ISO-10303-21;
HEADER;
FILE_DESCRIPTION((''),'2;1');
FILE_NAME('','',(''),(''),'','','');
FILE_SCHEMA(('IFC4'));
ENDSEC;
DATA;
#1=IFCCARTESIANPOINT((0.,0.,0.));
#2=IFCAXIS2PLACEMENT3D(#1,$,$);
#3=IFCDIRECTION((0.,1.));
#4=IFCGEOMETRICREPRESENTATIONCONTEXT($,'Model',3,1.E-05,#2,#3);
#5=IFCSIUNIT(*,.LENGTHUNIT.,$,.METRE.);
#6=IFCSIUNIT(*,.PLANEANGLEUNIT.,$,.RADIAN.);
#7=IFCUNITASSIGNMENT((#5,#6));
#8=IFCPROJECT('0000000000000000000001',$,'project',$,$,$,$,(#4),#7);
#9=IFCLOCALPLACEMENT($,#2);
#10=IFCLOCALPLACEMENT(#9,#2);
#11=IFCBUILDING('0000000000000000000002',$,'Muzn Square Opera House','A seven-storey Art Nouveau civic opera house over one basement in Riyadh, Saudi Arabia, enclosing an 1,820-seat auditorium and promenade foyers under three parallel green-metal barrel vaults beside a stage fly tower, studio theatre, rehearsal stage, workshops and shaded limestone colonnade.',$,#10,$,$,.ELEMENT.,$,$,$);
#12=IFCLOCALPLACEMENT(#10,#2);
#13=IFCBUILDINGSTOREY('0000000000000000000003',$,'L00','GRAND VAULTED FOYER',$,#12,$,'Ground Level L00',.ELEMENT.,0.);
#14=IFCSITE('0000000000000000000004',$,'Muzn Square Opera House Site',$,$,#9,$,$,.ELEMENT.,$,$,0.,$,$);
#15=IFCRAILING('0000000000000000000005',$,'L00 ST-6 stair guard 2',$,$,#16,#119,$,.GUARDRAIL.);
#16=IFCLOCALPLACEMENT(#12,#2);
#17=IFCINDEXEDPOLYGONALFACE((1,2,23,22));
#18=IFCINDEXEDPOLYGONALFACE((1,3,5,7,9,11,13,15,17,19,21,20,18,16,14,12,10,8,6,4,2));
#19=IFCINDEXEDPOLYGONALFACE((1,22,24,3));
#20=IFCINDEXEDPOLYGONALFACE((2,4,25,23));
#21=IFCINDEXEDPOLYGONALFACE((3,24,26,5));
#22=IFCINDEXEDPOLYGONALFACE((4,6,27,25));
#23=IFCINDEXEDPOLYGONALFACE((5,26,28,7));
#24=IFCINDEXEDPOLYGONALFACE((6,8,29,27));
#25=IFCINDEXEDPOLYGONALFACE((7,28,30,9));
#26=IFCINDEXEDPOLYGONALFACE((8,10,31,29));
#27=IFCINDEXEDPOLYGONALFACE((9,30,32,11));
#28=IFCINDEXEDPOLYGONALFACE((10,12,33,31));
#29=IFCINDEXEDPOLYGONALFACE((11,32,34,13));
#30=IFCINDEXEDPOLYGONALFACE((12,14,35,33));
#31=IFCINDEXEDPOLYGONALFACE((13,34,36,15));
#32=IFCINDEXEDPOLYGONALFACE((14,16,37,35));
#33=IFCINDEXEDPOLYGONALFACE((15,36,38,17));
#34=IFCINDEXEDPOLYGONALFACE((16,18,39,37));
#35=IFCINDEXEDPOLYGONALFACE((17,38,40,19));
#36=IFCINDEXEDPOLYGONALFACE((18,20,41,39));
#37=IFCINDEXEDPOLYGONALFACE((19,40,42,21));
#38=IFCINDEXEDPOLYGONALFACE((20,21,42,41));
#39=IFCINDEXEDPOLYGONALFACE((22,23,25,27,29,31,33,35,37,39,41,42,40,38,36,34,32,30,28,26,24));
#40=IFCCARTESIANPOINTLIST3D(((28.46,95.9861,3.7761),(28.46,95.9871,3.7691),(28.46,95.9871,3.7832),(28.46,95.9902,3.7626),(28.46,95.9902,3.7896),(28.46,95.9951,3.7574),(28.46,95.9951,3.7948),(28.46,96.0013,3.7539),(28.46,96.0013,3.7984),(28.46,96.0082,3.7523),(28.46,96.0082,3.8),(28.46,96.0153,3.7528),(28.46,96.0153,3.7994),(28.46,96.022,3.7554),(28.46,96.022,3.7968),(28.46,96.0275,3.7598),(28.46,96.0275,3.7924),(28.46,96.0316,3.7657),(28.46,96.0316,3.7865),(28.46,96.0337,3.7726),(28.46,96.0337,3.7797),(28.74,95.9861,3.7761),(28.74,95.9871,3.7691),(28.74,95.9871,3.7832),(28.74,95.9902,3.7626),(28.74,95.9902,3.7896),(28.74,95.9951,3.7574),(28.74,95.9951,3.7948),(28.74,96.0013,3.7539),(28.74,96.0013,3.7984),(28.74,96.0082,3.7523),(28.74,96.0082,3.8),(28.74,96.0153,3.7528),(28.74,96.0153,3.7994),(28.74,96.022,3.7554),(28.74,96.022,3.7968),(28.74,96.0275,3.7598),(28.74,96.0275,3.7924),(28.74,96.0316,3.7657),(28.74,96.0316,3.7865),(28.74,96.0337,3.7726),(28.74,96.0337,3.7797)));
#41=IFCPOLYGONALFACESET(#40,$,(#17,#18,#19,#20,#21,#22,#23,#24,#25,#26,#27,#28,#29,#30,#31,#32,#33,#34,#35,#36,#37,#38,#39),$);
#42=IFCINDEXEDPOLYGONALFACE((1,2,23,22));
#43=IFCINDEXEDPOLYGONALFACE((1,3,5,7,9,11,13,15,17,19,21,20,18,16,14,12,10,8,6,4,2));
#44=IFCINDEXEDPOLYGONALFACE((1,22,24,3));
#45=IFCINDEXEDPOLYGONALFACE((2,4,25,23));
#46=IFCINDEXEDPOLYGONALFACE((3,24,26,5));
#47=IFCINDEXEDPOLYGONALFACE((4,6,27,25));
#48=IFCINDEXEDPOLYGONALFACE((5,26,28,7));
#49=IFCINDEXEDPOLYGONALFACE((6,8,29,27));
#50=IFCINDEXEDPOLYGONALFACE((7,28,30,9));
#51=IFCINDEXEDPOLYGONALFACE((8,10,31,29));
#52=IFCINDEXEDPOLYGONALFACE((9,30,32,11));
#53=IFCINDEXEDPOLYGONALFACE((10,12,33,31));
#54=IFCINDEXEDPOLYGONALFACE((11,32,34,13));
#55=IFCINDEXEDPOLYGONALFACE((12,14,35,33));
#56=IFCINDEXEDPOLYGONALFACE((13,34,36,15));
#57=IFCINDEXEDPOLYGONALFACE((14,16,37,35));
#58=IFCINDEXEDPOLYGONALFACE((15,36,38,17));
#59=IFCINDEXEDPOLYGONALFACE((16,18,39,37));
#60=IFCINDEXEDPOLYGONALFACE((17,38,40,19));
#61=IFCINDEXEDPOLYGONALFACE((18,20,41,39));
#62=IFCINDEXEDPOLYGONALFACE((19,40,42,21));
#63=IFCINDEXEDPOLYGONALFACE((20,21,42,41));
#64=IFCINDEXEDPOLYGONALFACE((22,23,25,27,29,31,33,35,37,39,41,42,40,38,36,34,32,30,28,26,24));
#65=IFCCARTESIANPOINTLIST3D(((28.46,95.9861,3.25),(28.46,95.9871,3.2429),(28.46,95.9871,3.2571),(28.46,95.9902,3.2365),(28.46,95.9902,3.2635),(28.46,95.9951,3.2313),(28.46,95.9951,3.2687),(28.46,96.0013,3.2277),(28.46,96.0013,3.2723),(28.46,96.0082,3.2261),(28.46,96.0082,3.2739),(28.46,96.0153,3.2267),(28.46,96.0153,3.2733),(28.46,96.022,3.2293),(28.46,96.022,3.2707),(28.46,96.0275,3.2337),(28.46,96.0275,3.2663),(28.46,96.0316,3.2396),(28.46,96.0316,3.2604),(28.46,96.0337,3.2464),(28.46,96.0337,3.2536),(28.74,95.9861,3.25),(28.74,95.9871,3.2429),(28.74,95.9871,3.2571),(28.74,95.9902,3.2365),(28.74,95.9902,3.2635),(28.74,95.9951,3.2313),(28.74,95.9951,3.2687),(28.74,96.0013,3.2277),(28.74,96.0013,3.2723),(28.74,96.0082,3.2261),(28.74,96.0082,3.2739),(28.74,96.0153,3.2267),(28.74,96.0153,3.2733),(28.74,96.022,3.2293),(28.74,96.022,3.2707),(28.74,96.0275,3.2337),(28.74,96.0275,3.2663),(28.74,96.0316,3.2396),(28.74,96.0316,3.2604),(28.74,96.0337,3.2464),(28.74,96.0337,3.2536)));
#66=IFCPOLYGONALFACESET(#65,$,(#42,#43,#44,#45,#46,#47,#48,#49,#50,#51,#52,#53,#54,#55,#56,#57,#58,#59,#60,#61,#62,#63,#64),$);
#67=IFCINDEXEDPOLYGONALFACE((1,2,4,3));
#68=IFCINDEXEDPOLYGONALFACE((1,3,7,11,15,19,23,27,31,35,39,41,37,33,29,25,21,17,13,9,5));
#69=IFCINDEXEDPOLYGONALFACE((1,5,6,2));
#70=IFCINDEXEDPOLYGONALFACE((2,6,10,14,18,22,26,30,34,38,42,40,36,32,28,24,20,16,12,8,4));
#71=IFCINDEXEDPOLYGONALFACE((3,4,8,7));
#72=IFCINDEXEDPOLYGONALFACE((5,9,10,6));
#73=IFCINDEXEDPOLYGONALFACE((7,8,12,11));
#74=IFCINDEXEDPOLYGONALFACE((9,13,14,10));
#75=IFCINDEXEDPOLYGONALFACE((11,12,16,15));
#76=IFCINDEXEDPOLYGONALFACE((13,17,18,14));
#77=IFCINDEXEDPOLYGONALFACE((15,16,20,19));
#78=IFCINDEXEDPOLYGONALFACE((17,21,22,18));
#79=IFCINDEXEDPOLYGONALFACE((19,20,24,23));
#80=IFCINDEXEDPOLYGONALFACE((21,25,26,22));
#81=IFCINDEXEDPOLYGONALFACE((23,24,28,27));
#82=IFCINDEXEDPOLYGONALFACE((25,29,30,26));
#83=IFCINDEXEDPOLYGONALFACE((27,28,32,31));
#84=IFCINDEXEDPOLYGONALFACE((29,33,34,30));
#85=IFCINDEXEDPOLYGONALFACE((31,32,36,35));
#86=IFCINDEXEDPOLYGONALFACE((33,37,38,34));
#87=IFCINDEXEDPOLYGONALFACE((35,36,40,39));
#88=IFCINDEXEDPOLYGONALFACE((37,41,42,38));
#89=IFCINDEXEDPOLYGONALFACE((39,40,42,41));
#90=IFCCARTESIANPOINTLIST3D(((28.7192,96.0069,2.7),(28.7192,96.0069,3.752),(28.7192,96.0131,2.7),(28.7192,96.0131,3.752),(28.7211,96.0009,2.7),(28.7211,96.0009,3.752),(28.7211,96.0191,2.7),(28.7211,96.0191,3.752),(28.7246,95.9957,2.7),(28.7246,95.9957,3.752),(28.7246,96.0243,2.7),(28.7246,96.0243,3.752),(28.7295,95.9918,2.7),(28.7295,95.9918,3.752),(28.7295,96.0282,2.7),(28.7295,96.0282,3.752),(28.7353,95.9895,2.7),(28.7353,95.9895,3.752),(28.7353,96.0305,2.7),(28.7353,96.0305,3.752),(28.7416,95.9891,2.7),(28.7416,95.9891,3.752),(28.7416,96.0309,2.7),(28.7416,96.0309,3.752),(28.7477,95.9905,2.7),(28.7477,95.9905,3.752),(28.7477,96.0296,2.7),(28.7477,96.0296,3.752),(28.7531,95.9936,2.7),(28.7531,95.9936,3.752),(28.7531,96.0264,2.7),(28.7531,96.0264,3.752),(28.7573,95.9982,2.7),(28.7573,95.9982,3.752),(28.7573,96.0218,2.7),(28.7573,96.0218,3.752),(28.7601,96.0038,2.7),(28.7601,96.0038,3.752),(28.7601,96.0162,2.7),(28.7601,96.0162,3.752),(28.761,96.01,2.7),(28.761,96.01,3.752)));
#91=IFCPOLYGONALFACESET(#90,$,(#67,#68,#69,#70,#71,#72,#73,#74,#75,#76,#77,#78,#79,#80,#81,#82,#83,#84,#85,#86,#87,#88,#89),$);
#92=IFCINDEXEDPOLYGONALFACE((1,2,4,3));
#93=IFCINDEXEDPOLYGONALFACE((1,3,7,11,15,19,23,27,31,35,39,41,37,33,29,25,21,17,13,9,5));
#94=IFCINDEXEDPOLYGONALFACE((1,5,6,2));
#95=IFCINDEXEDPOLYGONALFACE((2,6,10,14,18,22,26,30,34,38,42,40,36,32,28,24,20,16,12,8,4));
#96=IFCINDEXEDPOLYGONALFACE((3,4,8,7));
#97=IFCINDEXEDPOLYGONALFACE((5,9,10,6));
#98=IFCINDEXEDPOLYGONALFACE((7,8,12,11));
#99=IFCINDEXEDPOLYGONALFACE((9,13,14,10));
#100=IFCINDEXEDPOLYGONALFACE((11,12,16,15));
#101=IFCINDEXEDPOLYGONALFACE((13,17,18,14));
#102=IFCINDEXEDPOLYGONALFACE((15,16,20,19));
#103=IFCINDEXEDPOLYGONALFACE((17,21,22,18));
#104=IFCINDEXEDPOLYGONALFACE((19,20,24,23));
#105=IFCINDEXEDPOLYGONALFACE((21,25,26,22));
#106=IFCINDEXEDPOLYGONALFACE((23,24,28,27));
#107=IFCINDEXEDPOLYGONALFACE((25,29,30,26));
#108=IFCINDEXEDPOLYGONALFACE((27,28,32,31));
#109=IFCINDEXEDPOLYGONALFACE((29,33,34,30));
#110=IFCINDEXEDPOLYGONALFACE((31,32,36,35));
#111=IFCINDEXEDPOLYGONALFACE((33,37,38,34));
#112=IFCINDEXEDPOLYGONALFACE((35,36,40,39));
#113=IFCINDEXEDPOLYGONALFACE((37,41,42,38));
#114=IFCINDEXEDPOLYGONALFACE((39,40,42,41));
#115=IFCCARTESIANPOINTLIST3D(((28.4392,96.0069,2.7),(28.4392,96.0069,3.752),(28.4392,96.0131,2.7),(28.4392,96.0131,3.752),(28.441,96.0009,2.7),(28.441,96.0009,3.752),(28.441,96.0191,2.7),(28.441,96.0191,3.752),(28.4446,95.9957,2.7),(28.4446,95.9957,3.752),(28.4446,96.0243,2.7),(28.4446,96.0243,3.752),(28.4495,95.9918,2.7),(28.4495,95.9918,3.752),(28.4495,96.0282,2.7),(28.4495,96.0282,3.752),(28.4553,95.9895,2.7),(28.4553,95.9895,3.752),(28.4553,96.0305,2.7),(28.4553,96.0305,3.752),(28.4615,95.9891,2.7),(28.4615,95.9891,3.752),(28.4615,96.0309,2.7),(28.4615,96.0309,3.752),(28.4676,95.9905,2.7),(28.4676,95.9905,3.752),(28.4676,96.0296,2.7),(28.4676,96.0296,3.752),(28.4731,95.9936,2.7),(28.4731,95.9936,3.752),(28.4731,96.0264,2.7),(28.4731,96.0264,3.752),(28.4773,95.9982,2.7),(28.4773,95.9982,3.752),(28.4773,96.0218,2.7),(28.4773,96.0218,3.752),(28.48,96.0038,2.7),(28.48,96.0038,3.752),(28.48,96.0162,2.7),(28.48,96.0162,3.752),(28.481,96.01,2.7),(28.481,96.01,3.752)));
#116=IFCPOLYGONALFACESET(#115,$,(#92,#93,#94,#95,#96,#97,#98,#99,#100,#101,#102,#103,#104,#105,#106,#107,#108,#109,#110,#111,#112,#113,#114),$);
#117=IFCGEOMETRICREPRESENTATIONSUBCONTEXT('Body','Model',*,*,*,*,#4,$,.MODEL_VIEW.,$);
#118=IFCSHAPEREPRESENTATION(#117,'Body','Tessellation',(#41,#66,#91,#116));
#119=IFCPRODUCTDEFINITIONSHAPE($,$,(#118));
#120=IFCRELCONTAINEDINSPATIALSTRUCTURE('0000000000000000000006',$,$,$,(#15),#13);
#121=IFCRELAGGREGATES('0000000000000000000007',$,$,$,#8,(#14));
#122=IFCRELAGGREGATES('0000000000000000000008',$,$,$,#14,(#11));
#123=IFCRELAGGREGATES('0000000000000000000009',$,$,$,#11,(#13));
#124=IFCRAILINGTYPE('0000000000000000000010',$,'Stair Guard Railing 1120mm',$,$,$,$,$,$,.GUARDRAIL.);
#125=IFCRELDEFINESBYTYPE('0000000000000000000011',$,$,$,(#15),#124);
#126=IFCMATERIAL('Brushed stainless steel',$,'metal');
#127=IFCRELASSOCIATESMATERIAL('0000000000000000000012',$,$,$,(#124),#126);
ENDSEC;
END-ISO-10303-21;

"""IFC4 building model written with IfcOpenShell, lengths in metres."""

from ifc_helpers import new_model, si_unit, direction, frame, origin, origin_2d, place, context, subcontext, project, spatial, circle, extrude, material, type_object, element, save


model = new_model("IFC4")

# Units and contexts
model_context = context("Model", 3, precision=1e-05, world=origin(), true_north=direction((0.0, 1.0)))
body_context = subcontext(model_context, "Body", "Model", "MODEL_VIEW")
ifc_project = project(units=[si_unit("LENGTHUNIT", "METRE"), si_unit("PLANEANGLEUNIT", "RADIAN")], contexts=[model_context])

# Site, building, storey
site_placement = place(None, origin())
site = spatial("IfcSite", under=ifc_project, at=site_placement, Name="Muzn Square Opera House Site", CompositionType="ELEMENT", RefElevation=0.0)
building_placement = place(site_placement, origin())
building = spatial("IfcBuilding", under=site, at=building_placement, Name="Muzn Square Opera House", Description="A seven-storey Art Nouveau civic opera house over one basement in Riyadh, Saudi Arabia, enclosing an 1,820-seat auditorium and promenade foyers under three parallel green-metal barrel vaults beside a stage fly tower, studio theatre, rehearsal stage, workshops and shaded limestone colonnade.", CompositionType="ELEMENT")
storey_placement = place(building_placement, origin())
storey = spatial("IfcBuildingStorey", under=building, at=storey_placement, Name="L00", Description="GRAND VAULTED FOYER", LongName="Ground Level L00", CompositionType="ELEMENT", Elevation=0.0)

# Railing
ifc_material_1 = material(Name="Brushed stainless steel", Category="metal")
railing_type_1 = type_object("IfcRailingType", Name="Stair Guard Railing 1120mm", PredefinedType="GUARDRAIL", material=ifc_material_1)
railing_1_placement = place(storey_placement, frame((28.74, 96.01, 2.7)))
element("IfcRailing", 1, at=railing_1_placement, inside=storey, type_object=railing_type_1, Name="L00 ST-6 stair guard 2", PredefinedType="GUARDRAIL", context=body_context, shape_type="SweptSolid", body=[
    extrude(circle(Radius=0.0239, at=origin_2d()), frame((0.0, 0.0, 1.0762), z_axis=(-1.0, 0.0, 0.0), x_axis=(0.0, -1.0, 0.0)), (0.0, 0.0, 1.0), 0.28),
    extrude(circle(Radius=0.0239, at=origin_2d()), frame((0.0, 0.0, 0.55), z_axis=(-1.0, 0.0, 0.0), x_axis=(0.0, -1.0, 0.0)), (0.0, 0.0, 1.0), 0.28),
    extrude(circle(Radius=0.021, at=origin_2d()), origin(), (0.0, 0.0, 1.0), 1.052),
    extrude(circle(Radius=0.021, at=origin_2d()), frame((-0.28, 0.0, 0.0)), (0.0, 0.0, 1.0), 1.052),
])

save(model, "model.ifc")
